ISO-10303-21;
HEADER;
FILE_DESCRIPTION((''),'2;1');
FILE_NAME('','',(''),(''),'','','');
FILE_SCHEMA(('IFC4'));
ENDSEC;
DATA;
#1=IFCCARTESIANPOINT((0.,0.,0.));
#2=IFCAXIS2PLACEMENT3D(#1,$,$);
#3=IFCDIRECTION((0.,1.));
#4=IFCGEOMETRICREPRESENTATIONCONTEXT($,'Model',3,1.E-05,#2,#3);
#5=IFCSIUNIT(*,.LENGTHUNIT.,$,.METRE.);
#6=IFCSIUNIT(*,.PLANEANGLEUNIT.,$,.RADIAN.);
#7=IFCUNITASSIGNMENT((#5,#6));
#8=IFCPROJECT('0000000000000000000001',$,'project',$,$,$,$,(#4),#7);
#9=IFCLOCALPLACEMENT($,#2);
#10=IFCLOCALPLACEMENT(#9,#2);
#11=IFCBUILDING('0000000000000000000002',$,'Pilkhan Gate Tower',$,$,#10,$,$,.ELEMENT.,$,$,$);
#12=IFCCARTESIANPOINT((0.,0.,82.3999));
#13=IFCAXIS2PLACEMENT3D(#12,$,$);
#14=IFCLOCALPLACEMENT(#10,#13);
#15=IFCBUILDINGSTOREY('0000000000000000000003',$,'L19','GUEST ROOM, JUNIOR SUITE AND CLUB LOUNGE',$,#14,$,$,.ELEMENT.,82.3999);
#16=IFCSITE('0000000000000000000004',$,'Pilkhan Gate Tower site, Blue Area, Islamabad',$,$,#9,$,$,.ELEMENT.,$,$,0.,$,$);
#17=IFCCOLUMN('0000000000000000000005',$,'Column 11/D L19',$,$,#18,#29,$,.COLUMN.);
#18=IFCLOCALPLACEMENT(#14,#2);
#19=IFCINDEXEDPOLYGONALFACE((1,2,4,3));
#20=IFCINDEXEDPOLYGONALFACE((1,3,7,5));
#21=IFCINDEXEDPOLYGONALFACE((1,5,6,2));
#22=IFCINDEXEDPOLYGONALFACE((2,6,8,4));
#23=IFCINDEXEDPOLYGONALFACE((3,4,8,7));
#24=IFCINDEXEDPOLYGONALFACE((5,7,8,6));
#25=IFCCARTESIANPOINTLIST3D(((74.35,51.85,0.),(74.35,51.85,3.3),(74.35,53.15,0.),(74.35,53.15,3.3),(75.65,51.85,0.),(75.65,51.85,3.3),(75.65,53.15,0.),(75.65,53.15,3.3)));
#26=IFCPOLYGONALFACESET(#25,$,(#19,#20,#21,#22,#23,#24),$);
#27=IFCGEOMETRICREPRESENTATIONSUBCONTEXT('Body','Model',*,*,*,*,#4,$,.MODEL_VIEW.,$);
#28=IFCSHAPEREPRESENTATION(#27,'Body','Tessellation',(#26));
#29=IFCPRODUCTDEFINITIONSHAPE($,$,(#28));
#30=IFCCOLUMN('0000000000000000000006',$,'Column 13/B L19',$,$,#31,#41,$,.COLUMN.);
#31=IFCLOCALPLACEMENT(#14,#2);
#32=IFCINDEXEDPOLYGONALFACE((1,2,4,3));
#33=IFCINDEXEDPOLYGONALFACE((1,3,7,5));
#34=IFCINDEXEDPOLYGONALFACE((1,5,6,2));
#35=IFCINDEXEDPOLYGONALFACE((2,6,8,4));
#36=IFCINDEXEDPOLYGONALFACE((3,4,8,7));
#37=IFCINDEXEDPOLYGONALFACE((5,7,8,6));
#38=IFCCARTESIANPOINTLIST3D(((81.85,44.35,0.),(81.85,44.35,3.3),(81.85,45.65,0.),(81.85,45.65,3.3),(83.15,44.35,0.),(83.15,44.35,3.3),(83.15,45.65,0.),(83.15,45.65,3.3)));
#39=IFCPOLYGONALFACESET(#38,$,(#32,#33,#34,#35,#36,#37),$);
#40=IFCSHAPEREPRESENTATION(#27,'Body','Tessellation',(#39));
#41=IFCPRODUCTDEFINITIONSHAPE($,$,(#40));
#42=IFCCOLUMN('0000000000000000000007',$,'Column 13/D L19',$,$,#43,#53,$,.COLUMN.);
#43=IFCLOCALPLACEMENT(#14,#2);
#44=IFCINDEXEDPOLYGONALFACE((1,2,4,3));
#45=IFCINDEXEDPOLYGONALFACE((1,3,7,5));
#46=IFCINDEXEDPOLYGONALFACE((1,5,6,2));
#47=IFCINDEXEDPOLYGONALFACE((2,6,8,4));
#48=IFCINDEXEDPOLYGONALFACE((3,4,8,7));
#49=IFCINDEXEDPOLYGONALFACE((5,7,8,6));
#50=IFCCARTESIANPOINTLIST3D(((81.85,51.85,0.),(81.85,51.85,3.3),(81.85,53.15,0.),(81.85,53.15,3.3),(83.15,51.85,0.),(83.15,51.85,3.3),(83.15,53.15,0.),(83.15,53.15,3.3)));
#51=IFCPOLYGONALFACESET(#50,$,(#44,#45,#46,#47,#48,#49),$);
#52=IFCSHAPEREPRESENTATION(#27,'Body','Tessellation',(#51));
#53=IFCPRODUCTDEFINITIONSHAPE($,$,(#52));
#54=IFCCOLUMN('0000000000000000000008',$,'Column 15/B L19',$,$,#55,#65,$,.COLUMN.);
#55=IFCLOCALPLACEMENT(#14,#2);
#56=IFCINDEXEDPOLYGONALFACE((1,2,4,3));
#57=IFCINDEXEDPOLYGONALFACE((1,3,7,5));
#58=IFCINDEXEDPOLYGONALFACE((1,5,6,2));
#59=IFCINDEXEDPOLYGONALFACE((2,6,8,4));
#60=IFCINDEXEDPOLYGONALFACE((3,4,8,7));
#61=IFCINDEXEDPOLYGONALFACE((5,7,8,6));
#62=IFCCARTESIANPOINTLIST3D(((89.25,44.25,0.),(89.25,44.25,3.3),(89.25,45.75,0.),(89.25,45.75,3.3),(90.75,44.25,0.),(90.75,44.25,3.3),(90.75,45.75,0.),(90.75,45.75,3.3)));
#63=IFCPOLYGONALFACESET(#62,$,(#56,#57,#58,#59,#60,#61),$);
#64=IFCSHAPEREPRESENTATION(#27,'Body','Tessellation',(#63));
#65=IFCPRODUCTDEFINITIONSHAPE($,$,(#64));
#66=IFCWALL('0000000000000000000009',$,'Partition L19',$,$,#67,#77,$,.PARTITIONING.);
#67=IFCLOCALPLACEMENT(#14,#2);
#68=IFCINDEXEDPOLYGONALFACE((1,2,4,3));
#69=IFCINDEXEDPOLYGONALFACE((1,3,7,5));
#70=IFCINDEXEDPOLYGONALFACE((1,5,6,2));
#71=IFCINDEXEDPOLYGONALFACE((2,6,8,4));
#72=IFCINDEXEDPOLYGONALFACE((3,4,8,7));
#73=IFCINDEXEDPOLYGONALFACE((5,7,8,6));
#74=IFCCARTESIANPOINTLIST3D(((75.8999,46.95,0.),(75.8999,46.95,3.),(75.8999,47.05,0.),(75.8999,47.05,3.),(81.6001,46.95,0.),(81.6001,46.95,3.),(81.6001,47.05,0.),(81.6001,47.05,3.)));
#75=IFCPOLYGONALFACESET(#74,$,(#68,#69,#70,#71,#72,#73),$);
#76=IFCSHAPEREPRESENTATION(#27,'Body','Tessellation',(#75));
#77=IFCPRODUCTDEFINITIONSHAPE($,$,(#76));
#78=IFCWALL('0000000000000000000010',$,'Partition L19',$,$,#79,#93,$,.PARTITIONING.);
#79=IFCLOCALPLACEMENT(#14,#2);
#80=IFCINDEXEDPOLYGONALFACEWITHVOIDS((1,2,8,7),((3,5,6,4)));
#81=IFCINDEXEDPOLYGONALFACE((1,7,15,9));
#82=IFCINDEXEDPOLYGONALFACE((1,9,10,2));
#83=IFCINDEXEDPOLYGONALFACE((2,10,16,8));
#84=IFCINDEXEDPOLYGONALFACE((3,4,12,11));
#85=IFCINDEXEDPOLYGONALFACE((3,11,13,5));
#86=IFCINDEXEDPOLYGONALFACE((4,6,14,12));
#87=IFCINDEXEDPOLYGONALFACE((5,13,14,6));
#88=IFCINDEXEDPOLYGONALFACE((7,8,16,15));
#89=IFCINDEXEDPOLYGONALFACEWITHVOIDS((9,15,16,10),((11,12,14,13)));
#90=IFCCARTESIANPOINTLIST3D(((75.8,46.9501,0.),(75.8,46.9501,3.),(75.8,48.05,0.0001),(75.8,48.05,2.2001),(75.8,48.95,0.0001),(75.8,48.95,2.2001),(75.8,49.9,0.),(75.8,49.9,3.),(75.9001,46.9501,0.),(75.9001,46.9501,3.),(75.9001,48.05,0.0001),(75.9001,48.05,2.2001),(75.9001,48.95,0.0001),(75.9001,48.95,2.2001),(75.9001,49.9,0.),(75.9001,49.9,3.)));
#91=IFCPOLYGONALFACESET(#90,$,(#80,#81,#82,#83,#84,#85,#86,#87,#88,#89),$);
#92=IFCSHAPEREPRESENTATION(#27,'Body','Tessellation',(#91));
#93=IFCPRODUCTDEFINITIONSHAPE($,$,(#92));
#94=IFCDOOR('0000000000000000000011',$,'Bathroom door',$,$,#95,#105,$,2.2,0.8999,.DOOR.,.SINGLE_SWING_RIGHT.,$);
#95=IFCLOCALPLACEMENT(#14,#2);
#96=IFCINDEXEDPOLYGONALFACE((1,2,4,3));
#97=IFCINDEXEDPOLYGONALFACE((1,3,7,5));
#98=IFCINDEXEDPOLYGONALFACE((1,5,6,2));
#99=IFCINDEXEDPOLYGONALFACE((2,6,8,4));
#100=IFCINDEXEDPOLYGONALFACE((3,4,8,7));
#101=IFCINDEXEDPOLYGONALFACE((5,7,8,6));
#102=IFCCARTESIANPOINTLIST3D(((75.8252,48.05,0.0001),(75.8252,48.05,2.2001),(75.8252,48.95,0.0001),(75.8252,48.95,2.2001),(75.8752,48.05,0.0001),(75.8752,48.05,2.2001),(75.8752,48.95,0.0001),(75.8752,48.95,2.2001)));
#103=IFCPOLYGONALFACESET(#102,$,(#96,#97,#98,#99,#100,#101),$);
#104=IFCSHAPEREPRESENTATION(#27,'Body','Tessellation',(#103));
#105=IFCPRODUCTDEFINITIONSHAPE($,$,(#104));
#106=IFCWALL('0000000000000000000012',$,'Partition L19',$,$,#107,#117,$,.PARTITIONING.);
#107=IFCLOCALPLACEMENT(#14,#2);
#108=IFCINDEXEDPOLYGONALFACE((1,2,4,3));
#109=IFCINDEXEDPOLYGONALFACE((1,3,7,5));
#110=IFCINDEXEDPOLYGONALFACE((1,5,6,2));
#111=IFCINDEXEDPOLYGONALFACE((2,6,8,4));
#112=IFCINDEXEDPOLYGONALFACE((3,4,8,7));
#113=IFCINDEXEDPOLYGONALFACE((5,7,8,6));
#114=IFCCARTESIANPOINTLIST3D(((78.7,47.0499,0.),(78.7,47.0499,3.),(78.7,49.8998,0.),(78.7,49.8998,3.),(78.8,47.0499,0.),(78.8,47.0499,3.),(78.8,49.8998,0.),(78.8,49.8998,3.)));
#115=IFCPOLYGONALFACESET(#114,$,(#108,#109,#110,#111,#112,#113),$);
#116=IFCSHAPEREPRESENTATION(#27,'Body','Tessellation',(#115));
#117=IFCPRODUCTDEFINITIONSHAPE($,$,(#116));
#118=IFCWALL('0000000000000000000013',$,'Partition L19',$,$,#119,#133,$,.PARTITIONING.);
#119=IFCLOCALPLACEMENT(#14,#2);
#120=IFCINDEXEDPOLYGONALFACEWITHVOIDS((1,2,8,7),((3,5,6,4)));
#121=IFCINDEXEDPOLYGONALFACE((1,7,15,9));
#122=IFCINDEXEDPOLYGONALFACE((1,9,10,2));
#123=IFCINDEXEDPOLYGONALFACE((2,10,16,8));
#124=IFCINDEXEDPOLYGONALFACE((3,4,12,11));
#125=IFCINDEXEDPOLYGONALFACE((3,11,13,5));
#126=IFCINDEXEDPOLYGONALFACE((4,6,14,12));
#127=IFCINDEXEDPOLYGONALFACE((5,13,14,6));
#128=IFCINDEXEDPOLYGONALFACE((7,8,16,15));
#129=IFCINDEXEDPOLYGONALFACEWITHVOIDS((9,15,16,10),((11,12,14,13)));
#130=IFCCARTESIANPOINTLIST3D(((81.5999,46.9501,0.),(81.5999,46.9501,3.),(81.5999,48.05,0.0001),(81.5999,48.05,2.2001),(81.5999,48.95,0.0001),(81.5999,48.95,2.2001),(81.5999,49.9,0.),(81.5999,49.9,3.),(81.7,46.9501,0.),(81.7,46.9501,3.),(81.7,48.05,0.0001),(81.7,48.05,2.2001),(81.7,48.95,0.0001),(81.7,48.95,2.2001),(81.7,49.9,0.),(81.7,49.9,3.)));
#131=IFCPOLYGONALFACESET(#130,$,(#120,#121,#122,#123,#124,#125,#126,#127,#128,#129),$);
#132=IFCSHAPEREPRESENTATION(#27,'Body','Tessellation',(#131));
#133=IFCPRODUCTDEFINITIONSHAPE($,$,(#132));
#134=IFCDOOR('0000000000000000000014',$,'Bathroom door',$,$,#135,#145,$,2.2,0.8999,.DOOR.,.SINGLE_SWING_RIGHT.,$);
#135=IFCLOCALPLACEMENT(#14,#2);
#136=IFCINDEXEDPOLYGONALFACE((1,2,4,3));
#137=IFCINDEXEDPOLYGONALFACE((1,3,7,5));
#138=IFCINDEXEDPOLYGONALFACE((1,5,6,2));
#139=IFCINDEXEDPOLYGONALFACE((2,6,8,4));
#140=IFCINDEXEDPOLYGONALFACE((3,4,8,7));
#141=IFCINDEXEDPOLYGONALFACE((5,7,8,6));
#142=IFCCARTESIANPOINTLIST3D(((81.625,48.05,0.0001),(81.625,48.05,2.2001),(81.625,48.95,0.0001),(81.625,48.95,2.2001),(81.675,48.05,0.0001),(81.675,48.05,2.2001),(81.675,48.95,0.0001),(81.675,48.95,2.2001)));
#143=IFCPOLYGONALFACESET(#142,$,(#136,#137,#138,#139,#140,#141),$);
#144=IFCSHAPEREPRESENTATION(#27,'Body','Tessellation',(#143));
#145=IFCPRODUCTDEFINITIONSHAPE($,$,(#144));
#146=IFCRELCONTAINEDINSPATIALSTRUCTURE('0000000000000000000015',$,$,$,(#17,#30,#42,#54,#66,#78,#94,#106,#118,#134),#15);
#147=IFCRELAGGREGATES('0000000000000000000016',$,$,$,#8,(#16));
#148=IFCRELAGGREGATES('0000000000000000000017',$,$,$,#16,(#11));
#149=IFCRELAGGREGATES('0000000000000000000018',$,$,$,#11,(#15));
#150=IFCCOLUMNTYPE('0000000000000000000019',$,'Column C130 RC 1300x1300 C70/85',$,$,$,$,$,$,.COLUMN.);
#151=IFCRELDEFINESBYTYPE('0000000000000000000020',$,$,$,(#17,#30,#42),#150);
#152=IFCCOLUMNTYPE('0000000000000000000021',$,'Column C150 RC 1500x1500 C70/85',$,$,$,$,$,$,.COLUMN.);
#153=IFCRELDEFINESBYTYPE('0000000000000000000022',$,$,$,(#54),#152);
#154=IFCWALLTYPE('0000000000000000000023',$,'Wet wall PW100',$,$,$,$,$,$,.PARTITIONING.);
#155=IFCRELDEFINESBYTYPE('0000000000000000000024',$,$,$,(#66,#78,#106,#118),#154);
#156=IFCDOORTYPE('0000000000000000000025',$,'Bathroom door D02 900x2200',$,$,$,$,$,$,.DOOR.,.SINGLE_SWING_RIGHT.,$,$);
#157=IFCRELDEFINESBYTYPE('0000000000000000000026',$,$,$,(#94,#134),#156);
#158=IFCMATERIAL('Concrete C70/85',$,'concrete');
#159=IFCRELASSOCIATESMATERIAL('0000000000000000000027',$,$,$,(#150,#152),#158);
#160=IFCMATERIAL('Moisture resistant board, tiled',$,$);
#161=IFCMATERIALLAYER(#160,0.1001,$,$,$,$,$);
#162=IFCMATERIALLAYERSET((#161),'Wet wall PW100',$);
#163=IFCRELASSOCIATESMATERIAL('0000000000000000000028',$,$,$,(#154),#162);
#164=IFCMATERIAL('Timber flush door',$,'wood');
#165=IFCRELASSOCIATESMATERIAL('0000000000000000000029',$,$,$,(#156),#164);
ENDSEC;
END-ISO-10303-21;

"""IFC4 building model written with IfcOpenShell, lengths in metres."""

from ifc_helpers import new_model, si_unit, direction, frame, frame_2d, origin, origin_2d, place, context, subcontext, project, spatial, rectangle, extrude, material, layer, layer_set, material_profile, profile_set, type_object, element, fill, save


model = new_model("IFC4")

# Units and contexts
model_context = context("Model", 3, precision=1e-05, world=origin(), true_north=direction((0.0, 1.0)))
body_context = subcontext(model_context, "Body", "Model", "MODEL_VIEW")
ifc_project = project(units=[si_unit("LENGTHUNIT", "METRE"), si_unit("PLANEANGLEUNIT", "RADIAN")], contexts=[model_context])

# Site, building, storey
site_placement = place(None, origin())
site = spatial("IfcSite", under=ifc_project, at=site_placement, Name="Pilkhan Gate Tower site, Blue Area, Islamabad", CompositionType="ELEMENT", RefElevation=0.0)
building_placement = place(site_placement, origin())
building = spatial("IfcBuilding", under=site, at=building_placement, Name="Pilkhan Gate Tower", CompositionType="ELEMENT")
storey_placement = place(building_placement, frame((0.0, 0.0, 82.3999)))
storey = spatial("IfcBuildingStorey", under=building, at=storey_placement, Name="L19", Description="GUEST ROOM, JUNIOR SUITE AND CLUB LOUNGE", CompositionType="ELEMENT", Elevation=82.3999)

# Columns
ifc_material_1 = material(Name="Concrete C70/85", Category="concrete")
ifc_material_profile_1 = material_profile(ifc_material_1, rectangle(XDim=1.3, YDim=1.3, at=origin_2d()), Name="RC 1300x1300")
ifc_profile_set_1 = profile_set([ifc_material_profile_1], Name="Concrete C70/85")
column_type_1 = type_object("IfcColumnType", Name="Column C130 RC 1300x1300 C70/85", PredefinedType="COLUMN", material=ifc_profile_set_1)
for number, where, z_axis, x_axis, name in (
    (1, (75.0, 52.5, 0.0), (0.0, 0.0, 1.0), (1.0, 0.0, 0.0), "Column 11/D L19"),
    (2, (82.5, 45.0, 0.0), (0.0, 0.0, 1.0), (1.0, 0.0, 0.0), "Column 13/B L19"),
    (3, (82.5, 52.5, 0.0), (0.0, 0.0, 1.0), (1.0, 0.0, 0.0), "Column 13/D L19"),
):
    element("IfcColumn", number, at=place(storey_placement, frame(where, z_axis=z_axis, x_axis=x_axis)), inside=storey, type_object=column_type_1, Name=name, PredefinedType="COLUMN", context=body_context, shape_type="SweptSolid", body=[
        extrude(rectangle(XDim=1.3, YDim=1.3, at=origin_2d()), origin(), (0.0, 0.0, 1.0), 3.3),
    ])
ifc_material_profile_2 = material_profile(ifc_material_1, rectangle(XDim=1.5, YDim=1.5, at=origin_2d()), Name="RC 1500x1500")
ifc_profile_set_2 = profile_set([ifc_material_profile_2], Name="Concrete C70/85")
column_type_2 = type_object("IfcColumnType", Name="Column C150 RC 1500x1500 C70/85", PredefinedType="COLUMN", material=ifc_profile_set_2)
column_placement = place(storey_placement, frame((90.0, 45.0, 0.0), z_axis=(0.0, 0.0, 1.0), x_axis=(1.0, 0.0, 0.0)))
element("IfcColumn", 4, at=column_placement, inside=storey, type_object=column_type_2, Name="Column 15/B L19", PredefinedType="COLUMN", context=body_context, shape_type="SweptSolid", body=[
    extrude(rectangle(XDim=1.5, YDim=1.5, at=origin_2d()), origin(), (0.0, 0.0, 1.0), 3.3),
])

# Wall
ifc_material_2 = material(Name="Moisture resistant board, tiled")
ifc_layer = layer(ifc_material_2, 0.1001)
ifc_layer_set = layer_set([ifc_layer], Name="Wet wall PW100")
wall_type = type_object("IfcWallType", Name="Wet wall PW100", PredefinedType="PARTITIONING", material=ifc_layer_set)
wall_1_placement = place(storey_placement, frame((75.8999, 47.0, 0.0), z_axis=(0.0, 0.0, 1.0), x_axis=(1.0, 0.0, 0.0)))
element("IfcWall", 5, at=wall_1_placement, inside=storey, type_object=wall_type, Name="Partition L19", PredefinedType="PARTITIONING", context=body_context, shape_type="SweptSolid", body=[
    extrude(rectangle(XDim=5.7002, YDim=0.1001, at=frame_2d((2.8501, 0.0))), origin(), (0.0, 0.0, 1.0), 3.0),
])

# Wall, opening, door
wall_2_placement = place(storey_placement, frame((75.8501, 46.95, 0.0), z_axis=(0.0, 0.0, 1.0), x_axis=(0.0, 1.0, 0.0)))
wall_2 = element("IfcWall", 6, at=wall_2_placement, inside=storey, type_object=wall_type, Name="Partition L19", PredefinedType="PARTITIONING", context=body_context, shape_type="SweptSolid", body=[
    extrude(rectangle(XDim=2.95, YDim=0.1001, at=frame_2d((1.4751, 0.0))), origin(), (0.0, 0.0, 1.0), 3.0),
])
opening_1_placement = place(wall_2_placement, frame((1.1001, 0.0, 0.0)))
opening_1 = element("IfcOpeningElement", 7, at=opening_1_placement, cuts=wall_2, PredefinedType="OPENING", context=body_context, shape_type="SweptSolid", body=[
    extrude(rectangle(XDim=0.8999, YDim=2.2, at=frame_2d((0.45, 1.1001))), frame((0.0, 0.0601, 0.0), z_axis=(0.0, -1.0, 0.0), x_axis=(1.0, 0.0, 0.0)), (0.0, 0.0, 1.0), 0.1201),
])
ifc_material_3 = material(Name="Timber flush door", Category="wood")
door_type = type_object("IfcDoorType", Name="Bathroom door D02 900x2200", OperationType="SINGLE_SWING_RIGHT", PredefinedType="DOOR", material=ifc_material_3)
door_1_placement = place(opening_1_placement, origin())
door_1 = element("IfcDoor", 8, at=door_1_placement, inside=storey, type_object=door_type, Name="Bathroom door", OperationType="SINGLE_SWING_RIGHT", OverallHeight=2.2, OverallWidth=0.8999, PredefinedType="DOOR", context=body_context, shape_type="SweptSolid", body=[
    extrude(rectangle(XDim=0.8999, YDim=2.2, at=frame_2d((0.45, 1.1001))), frame((0.0, 0.0249, 0.0), z_axis=(0.0, -1.0, 0.0), x_axis=(1.0, 0.0, 0.0)), (0.0, 0.0, 1.0), 0.05),
])
fill(opening_1, door_1)

# Wall
wall_3_placement = place(storey_placement, frame((78.75, 47.05, 0.0), z_axis=(0.0, 0.0, 1.0), x_axis=(0.0, 1.0, 0.0)))
element("IfcWall", 9, at=wall_3_placement, inside=storey, type_object=wall_type, Name="Partition L19", PredefinedType="PARTITIONING", context=body_context, shape_type="SweptSolid", body=[
    extrude(rectangle(XDim=2.8499, YDim=0.1001, at=frame_2d((1.4248, 0.0))), origin(), (0.0, 0.0, 1.0), 3.0),
])

# Wall, opening, door
wall_4_placement = place(storey_placement, frame((81.6499, 46.95, 0.0), z_axis=(0.0, 0.0, 1.0), x_axis=(0.0, 1.0, 0.0)))
wall_4 = element("IfcWall", 10, at=wall_4_placement, inside=storey, type_object=wall_type, Name="Partition L19", PredefinedType="PARTITIONING", context=body_context, shape_type="SweptSolid", body=[
    extrude(rectangle(XDim=2.95, YDim=0.1001, at=frame_2d((1.4751, 0.0))), origin(), (0.0, 0.0, 1.0), 3.0),
])
opening_2_placement = place(wall_4_placement, frame((1.1001, 0.0, 0.0)))
opening_2 = element("IfcOpeningElement", 11, at=opening_2_placement, cuts=wall_4, PredefinedType="OPENING", context=body_context, shape_type="SweptSolid", body=[
    extrude(rectangle(XDim=0.8999, YDim=2.2, at=frame_2d((0.45, 1.1001))), frame((0.0, 0.0601, 0.0), z_axis=(0.0, -1.0, 0.0), x_axis=(1.0, 0.0, 0.0)), (0.0, 0.0, 1.0), 0.1201),
])
door_2_placement = place(opening_2_placement, origin())
door_2 = element("IfcDoor", 12, at=door_2_placement, inside=storey, type_object=door_type, Name="Bathroom door", OperationType="SINGLE_SWING_RIGHT", OverallHeight=2.2, OverallWidth=0.8999, PredefinedType="DOOR", context=body_context, shape_type="SweptSolid", body=[
    extrude(rectangle(XDim=0.8999, YDim=2.2, at=frame_2d((0.45, 1.1001))), frame((0.0, 0.0249, 0.0), z_axis=(0.0, -1.0, 0.0), x_axis=(1.0, 0.0, 0.0)), (0.0, 0.0, 1.0), 0.05),
])
fill(opening_2, door_2)

save(model, "model.ifc")
